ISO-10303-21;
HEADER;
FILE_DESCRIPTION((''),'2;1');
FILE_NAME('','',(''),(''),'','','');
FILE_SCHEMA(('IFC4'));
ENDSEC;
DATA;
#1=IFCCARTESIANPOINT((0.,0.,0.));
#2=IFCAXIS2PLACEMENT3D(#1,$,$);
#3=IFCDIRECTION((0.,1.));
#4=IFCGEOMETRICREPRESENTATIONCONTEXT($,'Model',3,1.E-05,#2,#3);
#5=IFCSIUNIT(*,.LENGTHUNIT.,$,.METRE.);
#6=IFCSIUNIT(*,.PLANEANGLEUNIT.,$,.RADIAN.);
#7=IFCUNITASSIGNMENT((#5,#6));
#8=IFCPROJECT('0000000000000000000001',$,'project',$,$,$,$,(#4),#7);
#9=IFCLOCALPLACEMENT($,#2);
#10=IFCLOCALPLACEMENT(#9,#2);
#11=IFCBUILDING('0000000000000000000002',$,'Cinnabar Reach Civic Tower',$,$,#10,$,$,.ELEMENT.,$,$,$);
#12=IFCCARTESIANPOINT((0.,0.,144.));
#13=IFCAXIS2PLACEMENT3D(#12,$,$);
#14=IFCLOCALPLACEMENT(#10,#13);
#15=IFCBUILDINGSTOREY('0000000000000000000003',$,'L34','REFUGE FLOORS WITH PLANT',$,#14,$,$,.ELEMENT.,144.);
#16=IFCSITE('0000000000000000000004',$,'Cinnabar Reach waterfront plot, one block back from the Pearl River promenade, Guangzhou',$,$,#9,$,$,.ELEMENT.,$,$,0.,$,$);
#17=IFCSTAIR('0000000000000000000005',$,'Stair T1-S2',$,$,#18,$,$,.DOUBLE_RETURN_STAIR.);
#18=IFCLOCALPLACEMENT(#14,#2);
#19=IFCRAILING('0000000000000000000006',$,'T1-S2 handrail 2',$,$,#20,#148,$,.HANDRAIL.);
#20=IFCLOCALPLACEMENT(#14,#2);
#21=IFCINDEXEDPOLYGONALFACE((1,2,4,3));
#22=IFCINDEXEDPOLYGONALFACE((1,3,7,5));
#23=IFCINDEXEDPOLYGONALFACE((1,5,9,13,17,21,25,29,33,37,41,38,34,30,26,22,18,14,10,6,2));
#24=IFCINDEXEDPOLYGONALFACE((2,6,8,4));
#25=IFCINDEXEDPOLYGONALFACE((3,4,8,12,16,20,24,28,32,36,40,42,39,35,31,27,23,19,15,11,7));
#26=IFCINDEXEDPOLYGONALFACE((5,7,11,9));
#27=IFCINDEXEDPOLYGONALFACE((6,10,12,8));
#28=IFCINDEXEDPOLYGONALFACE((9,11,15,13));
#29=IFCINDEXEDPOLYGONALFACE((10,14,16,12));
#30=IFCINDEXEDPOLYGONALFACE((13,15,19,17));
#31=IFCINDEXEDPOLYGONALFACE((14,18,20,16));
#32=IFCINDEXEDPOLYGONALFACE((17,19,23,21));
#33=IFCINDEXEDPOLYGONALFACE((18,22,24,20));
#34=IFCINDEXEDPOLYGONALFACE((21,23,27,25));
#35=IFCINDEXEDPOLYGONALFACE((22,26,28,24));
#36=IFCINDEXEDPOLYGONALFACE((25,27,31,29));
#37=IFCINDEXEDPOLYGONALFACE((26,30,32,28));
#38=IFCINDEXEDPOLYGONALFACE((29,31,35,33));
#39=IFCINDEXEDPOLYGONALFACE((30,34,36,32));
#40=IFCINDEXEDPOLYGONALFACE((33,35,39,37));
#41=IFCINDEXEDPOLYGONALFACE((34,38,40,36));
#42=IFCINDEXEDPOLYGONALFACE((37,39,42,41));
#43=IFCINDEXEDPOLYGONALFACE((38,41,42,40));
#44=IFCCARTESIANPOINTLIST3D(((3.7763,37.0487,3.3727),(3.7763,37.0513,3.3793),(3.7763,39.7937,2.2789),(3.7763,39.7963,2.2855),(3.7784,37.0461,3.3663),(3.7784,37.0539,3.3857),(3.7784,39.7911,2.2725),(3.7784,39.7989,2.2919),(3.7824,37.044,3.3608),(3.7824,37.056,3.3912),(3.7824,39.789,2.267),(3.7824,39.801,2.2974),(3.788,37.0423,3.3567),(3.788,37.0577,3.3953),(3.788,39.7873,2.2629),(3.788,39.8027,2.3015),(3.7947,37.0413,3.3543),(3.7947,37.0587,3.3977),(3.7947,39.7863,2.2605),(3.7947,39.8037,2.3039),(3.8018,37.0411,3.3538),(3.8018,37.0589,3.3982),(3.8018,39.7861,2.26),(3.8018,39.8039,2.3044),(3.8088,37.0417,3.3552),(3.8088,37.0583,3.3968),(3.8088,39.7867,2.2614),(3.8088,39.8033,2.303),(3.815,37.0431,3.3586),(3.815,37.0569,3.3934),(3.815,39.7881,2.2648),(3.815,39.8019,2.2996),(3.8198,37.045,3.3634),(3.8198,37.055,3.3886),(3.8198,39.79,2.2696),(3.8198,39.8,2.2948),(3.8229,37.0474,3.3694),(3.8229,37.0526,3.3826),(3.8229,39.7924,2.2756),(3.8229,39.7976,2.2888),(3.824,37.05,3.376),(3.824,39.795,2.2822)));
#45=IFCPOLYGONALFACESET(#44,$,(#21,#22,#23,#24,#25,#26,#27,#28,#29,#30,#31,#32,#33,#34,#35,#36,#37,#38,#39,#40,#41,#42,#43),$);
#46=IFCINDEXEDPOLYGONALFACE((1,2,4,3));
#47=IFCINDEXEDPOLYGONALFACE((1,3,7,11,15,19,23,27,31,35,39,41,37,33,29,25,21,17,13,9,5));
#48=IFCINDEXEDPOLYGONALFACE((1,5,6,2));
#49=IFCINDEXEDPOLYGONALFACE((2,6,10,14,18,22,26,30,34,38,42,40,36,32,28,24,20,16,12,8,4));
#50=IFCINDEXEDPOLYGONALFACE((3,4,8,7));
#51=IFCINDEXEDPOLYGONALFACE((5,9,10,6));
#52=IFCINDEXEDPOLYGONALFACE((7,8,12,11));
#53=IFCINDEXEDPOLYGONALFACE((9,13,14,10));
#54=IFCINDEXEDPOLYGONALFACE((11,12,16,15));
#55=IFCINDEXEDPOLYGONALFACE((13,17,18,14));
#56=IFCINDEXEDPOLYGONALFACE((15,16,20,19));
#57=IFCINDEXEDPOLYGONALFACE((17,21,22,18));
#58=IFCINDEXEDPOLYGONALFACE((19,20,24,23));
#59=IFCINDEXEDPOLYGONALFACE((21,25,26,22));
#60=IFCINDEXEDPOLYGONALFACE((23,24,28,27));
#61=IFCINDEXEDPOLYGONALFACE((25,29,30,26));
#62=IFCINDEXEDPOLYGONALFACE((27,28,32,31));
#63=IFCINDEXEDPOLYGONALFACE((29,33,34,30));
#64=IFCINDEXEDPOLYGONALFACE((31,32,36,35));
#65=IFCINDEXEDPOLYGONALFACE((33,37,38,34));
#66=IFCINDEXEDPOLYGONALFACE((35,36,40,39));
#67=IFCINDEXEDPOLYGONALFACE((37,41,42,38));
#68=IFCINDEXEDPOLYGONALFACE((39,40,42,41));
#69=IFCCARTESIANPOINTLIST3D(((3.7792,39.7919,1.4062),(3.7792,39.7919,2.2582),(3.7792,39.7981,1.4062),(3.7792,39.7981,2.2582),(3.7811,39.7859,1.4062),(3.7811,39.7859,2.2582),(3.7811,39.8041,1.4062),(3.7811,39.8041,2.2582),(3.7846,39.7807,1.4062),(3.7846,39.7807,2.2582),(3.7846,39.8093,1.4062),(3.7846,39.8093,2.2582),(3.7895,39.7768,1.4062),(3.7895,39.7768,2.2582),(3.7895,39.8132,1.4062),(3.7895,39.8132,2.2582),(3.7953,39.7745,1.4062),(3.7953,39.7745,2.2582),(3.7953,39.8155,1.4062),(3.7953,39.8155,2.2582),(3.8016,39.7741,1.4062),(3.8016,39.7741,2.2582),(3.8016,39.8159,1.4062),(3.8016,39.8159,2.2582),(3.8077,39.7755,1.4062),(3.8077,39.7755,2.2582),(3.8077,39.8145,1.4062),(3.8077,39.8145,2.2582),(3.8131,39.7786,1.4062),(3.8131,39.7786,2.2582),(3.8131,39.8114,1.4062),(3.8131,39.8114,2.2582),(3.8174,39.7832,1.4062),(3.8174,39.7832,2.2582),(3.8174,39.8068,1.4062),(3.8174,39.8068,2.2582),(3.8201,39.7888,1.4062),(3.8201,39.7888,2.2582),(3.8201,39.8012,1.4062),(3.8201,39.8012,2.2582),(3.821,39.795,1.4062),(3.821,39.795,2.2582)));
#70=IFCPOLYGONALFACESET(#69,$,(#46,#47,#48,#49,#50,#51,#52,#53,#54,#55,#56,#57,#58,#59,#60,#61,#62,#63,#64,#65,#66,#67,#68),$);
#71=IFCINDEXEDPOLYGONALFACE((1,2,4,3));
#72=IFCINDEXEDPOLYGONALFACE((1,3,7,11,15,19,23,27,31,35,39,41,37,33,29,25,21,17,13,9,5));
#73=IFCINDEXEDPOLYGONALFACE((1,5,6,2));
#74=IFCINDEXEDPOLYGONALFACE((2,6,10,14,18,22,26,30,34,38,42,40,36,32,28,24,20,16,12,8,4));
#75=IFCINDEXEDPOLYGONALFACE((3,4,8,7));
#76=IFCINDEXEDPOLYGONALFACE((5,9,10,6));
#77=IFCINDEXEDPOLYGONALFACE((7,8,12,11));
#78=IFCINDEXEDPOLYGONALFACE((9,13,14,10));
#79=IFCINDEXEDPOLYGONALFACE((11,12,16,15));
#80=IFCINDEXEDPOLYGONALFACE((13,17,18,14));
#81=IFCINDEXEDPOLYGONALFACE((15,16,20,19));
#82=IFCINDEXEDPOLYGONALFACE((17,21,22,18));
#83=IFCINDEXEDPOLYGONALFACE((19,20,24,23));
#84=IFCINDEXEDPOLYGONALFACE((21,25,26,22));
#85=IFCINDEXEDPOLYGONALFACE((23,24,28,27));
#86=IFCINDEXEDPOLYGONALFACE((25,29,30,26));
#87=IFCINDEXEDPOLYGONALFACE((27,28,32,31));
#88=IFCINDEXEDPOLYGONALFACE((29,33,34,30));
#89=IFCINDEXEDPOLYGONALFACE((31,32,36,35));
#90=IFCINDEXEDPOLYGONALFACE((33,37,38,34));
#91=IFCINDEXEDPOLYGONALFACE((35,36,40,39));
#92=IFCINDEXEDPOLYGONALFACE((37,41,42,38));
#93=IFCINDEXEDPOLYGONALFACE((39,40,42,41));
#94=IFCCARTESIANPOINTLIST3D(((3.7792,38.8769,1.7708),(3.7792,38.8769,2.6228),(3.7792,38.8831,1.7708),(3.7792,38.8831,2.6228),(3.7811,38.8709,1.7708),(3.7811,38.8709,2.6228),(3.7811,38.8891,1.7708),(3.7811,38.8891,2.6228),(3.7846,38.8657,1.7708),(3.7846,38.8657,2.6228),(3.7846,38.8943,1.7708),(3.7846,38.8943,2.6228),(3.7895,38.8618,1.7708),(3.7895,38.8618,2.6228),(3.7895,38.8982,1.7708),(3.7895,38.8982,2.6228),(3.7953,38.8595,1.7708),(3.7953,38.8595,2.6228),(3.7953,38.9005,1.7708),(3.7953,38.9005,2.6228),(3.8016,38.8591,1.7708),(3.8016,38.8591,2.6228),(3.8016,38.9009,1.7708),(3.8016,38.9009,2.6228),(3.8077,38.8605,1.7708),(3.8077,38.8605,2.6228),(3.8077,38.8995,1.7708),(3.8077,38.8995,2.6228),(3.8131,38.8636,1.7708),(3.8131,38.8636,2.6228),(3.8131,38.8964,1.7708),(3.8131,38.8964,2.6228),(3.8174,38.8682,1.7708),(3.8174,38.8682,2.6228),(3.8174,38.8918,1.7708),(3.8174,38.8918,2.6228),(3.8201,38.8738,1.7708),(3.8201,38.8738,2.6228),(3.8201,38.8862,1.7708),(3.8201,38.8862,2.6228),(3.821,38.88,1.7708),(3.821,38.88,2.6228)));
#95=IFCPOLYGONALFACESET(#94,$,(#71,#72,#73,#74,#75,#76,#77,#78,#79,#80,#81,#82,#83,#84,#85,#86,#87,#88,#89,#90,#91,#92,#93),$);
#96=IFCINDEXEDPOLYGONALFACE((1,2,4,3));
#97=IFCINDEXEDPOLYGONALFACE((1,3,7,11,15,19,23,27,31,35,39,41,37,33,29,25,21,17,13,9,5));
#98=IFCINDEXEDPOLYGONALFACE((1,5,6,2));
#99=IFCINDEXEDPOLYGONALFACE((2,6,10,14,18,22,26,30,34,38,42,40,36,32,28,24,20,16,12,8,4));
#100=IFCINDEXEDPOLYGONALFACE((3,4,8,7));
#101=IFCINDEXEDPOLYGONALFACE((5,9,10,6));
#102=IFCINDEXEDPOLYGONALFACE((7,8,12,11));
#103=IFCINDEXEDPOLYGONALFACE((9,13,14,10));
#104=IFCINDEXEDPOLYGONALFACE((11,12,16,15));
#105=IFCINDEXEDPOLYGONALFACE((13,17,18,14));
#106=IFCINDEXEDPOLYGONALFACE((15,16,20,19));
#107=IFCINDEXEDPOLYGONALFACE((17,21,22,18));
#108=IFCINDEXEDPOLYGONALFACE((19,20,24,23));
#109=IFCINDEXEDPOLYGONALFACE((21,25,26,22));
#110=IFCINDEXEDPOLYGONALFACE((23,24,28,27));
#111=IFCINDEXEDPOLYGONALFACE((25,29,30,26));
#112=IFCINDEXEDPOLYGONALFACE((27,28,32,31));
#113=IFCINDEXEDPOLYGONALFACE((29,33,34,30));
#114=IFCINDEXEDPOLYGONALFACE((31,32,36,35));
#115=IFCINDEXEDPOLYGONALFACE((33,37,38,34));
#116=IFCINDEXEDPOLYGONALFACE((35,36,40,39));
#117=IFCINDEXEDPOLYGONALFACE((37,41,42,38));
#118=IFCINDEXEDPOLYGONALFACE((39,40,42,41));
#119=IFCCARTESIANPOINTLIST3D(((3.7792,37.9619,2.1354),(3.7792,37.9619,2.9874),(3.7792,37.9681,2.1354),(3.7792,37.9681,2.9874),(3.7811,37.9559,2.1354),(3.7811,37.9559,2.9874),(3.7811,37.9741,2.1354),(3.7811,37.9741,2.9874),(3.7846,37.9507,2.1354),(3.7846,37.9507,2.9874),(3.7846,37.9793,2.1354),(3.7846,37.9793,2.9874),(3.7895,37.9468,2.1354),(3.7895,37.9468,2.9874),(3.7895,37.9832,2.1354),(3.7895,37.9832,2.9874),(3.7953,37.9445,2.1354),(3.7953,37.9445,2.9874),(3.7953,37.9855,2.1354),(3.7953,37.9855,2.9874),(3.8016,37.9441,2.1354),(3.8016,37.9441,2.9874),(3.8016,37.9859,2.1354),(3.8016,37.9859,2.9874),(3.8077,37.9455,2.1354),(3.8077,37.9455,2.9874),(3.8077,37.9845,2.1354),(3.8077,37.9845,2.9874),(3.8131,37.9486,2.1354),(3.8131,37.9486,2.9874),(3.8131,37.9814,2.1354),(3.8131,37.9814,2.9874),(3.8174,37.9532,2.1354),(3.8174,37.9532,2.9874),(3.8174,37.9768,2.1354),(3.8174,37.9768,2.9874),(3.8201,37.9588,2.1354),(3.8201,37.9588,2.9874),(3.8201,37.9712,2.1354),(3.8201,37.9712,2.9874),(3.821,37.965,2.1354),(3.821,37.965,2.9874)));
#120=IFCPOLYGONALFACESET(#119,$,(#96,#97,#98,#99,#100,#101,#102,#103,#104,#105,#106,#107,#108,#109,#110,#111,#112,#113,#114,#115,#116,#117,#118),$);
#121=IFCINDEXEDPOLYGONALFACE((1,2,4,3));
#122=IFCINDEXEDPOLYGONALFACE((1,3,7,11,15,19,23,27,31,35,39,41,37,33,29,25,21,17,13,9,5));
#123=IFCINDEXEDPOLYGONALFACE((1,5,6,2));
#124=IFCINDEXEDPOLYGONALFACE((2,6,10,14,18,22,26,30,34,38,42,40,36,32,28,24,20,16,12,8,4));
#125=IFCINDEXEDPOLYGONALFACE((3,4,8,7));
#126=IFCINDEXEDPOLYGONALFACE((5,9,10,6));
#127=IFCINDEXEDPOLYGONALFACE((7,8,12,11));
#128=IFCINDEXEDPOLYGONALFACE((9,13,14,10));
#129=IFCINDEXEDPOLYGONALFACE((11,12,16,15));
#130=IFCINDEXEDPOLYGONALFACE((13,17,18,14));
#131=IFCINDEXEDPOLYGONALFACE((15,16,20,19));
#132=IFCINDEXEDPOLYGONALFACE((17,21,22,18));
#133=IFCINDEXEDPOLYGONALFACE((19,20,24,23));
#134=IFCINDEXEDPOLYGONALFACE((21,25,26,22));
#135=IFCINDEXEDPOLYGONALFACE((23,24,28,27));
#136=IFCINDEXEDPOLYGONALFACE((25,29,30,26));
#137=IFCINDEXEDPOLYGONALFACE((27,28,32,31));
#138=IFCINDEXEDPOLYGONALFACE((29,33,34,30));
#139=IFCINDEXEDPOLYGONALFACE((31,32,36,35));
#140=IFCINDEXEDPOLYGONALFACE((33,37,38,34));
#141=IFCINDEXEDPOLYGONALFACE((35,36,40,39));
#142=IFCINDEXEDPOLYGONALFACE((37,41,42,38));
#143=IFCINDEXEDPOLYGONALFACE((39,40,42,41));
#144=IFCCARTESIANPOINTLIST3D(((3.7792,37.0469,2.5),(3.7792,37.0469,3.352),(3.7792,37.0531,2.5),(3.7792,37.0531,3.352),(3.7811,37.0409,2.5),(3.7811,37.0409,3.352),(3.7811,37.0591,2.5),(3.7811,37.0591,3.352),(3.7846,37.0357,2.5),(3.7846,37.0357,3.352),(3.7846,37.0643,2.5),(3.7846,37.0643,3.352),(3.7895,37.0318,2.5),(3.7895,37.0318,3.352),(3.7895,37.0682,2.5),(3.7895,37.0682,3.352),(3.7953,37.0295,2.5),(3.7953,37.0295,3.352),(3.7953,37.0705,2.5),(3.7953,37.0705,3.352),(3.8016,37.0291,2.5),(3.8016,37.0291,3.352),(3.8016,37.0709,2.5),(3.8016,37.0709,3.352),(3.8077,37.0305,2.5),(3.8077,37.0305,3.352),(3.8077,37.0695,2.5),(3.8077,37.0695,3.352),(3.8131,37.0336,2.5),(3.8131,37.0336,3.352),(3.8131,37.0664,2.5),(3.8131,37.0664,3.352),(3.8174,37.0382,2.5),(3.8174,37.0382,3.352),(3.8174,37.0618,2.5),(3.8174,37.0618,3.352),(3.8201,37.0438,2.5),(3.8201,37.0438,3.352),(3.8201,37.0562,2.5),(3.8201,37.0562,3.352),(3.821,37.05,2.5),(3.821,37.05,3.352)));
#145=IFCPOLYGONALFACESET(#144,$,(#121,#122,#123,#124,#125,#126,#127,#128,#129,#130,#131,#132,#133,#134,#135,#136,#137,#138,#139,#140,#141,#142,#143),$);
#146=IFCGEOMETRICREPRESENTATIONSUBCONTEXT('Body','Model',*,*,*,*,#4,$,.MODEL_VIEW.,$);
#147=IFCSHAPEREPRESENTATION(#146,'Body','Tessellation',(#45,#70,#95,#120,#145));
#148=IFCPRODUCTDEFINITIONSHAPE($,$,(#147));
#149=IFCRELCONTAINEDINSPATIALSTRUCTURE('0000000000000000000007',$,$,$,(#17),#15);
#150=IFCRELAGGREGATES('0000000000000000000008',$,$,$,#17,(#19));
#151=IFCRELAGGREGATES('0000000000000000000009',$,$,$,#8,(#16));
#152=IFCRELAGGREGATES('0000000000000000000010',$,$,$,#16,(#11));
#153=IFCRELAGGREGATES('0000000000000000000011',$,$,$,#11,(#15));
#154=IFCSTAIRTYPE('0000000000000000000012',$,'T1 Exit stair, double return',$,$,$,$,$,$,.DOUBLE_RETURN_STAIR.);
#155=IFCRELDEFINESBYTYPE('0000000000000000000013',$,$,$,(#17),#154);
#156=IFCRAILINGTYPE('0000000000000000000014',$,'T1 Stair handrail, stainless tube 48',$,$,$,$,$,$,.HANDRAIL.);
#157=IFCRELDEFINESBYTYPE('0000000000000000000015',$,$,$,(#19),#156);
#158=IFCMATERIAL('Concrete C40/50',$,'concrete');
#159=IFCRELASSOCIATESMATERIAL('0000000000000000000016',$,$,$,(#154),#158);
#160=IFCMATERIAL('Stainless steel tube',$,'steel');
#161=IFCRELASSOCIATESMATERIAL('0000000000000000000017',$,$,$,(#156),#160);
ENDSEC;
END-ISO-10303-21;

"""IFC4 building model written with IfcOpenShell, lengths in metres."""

from ifc_helpers import new_model, si_unit, direction, frame, origin, origin_2d, place, context, subcontext, project, spatial, circle, extrude, material, type_object, element, aggregate, save


model = new_model("IFC4")

# Units and contexts
model_context = context("Model", 3, precision=1e-05, world=origin(), true_north=direction((0.0, 1.0)))
body_context = subcontext(model_context, "Body", "Model", "MODEL_VIEW")
ifc_project = project(units=[si_unit("LENGTHUNIT", "METRE"), si_unit("PLANEANGLEUNIT", "RADIAN")], contexts=[model_context])

# Site, building, storey
site_placement = place(None, origin())
site = spatial("IfcSite", under=ifc_project, at=site_placement, Name="Cinnabar Reach waterfront plot, one block back from the Pearl River promenade, Guangzhou", CompositionType="ELEMENT", RefElevation=0.0)
building_placement = place(site_placement, origin())
building = spatial("IfcBuilding", under=site, at=building_placement, Name="Cinnabar Reach Civic Tower", CompositionType="ELEMENT")
storey_placement = place(building_placement, frame((0.0, 0.0, 144.0)))
storey = spatial("IfcBuildingStorey", under=building, at=storey_placement, Name="L34", Description="REFUGE FLOORS WITH PLANT", CompositionType="ELEMENT", Elevation=144.0)

# Stair, railing
ifc_material_1 = material(Name="Concrete C40/50", Category="concrete")
stair_type = type_object("IfcStairType", Name="T1 Exit stair, double return", PredefinedType="DOUBLE_RETURN_STAIR", material=ifc_material_1)
stair_placement = place(storey_placement, origin())
stair = element("IfcStair", 1, at=stair_placement, inside=storey, type_object=stair_type, Name="Stair T1-S2", PredefinedType="DOUBLE_RETURN_STAIR")
ifc_material_2 = material(Name="Stainless steel tube", Category="steel")
railing_type = type_object("IfcRailingType", Name="T1 Stair handrail, stainless tube 48", PredefinedType="HANDRAIL", material=ifc_material_2)
railing_1_placement = place(storey_placement, frame((3.8, 39.795, 1.4062)))
railing_1 = element("IfcRailing", 2, at=railing_1_placement, type_object=railing_type, Name="T1-S2 handrail 2", PredefinedType="HANDRAIL", context=body_context, shape_type="SweptSolid", body=[
    extrude(circle(Radius=0.024, at=origin_2d()), frame((0.0, 0.0, 0.876), z_axis=(0.0, -0.928966, 0.370165), x_axis=(1.0, 0.0, 0.0)), (0.0, 0.0, 1.0), 2.9549),
    extrude(circle(Radius=0.021, at=origin_2d()), origin(), (0.0, 0.0, 1.0), 0.852),
    extrude(circle(Radius=0.021, at=origin_2d()), frame((0.0, -0.915, 0.3646)), (0.0, 0.0, 1.0), 0.852),
    extrude(circle(Radius=0.021, at=origin_2d()), frame((0.0, -1.83, 0.7292)), (0.0, 0.0, 1.0), 0.852),
    extrude(circle(Radius=0.021, at=origin_2d()), frame((0.0, -2.745, 1.0938)), (0.0, 0.0, 1.0), 0.852),
])
aggregate(stair, [railing_1])

save(model, "model.ifc")
